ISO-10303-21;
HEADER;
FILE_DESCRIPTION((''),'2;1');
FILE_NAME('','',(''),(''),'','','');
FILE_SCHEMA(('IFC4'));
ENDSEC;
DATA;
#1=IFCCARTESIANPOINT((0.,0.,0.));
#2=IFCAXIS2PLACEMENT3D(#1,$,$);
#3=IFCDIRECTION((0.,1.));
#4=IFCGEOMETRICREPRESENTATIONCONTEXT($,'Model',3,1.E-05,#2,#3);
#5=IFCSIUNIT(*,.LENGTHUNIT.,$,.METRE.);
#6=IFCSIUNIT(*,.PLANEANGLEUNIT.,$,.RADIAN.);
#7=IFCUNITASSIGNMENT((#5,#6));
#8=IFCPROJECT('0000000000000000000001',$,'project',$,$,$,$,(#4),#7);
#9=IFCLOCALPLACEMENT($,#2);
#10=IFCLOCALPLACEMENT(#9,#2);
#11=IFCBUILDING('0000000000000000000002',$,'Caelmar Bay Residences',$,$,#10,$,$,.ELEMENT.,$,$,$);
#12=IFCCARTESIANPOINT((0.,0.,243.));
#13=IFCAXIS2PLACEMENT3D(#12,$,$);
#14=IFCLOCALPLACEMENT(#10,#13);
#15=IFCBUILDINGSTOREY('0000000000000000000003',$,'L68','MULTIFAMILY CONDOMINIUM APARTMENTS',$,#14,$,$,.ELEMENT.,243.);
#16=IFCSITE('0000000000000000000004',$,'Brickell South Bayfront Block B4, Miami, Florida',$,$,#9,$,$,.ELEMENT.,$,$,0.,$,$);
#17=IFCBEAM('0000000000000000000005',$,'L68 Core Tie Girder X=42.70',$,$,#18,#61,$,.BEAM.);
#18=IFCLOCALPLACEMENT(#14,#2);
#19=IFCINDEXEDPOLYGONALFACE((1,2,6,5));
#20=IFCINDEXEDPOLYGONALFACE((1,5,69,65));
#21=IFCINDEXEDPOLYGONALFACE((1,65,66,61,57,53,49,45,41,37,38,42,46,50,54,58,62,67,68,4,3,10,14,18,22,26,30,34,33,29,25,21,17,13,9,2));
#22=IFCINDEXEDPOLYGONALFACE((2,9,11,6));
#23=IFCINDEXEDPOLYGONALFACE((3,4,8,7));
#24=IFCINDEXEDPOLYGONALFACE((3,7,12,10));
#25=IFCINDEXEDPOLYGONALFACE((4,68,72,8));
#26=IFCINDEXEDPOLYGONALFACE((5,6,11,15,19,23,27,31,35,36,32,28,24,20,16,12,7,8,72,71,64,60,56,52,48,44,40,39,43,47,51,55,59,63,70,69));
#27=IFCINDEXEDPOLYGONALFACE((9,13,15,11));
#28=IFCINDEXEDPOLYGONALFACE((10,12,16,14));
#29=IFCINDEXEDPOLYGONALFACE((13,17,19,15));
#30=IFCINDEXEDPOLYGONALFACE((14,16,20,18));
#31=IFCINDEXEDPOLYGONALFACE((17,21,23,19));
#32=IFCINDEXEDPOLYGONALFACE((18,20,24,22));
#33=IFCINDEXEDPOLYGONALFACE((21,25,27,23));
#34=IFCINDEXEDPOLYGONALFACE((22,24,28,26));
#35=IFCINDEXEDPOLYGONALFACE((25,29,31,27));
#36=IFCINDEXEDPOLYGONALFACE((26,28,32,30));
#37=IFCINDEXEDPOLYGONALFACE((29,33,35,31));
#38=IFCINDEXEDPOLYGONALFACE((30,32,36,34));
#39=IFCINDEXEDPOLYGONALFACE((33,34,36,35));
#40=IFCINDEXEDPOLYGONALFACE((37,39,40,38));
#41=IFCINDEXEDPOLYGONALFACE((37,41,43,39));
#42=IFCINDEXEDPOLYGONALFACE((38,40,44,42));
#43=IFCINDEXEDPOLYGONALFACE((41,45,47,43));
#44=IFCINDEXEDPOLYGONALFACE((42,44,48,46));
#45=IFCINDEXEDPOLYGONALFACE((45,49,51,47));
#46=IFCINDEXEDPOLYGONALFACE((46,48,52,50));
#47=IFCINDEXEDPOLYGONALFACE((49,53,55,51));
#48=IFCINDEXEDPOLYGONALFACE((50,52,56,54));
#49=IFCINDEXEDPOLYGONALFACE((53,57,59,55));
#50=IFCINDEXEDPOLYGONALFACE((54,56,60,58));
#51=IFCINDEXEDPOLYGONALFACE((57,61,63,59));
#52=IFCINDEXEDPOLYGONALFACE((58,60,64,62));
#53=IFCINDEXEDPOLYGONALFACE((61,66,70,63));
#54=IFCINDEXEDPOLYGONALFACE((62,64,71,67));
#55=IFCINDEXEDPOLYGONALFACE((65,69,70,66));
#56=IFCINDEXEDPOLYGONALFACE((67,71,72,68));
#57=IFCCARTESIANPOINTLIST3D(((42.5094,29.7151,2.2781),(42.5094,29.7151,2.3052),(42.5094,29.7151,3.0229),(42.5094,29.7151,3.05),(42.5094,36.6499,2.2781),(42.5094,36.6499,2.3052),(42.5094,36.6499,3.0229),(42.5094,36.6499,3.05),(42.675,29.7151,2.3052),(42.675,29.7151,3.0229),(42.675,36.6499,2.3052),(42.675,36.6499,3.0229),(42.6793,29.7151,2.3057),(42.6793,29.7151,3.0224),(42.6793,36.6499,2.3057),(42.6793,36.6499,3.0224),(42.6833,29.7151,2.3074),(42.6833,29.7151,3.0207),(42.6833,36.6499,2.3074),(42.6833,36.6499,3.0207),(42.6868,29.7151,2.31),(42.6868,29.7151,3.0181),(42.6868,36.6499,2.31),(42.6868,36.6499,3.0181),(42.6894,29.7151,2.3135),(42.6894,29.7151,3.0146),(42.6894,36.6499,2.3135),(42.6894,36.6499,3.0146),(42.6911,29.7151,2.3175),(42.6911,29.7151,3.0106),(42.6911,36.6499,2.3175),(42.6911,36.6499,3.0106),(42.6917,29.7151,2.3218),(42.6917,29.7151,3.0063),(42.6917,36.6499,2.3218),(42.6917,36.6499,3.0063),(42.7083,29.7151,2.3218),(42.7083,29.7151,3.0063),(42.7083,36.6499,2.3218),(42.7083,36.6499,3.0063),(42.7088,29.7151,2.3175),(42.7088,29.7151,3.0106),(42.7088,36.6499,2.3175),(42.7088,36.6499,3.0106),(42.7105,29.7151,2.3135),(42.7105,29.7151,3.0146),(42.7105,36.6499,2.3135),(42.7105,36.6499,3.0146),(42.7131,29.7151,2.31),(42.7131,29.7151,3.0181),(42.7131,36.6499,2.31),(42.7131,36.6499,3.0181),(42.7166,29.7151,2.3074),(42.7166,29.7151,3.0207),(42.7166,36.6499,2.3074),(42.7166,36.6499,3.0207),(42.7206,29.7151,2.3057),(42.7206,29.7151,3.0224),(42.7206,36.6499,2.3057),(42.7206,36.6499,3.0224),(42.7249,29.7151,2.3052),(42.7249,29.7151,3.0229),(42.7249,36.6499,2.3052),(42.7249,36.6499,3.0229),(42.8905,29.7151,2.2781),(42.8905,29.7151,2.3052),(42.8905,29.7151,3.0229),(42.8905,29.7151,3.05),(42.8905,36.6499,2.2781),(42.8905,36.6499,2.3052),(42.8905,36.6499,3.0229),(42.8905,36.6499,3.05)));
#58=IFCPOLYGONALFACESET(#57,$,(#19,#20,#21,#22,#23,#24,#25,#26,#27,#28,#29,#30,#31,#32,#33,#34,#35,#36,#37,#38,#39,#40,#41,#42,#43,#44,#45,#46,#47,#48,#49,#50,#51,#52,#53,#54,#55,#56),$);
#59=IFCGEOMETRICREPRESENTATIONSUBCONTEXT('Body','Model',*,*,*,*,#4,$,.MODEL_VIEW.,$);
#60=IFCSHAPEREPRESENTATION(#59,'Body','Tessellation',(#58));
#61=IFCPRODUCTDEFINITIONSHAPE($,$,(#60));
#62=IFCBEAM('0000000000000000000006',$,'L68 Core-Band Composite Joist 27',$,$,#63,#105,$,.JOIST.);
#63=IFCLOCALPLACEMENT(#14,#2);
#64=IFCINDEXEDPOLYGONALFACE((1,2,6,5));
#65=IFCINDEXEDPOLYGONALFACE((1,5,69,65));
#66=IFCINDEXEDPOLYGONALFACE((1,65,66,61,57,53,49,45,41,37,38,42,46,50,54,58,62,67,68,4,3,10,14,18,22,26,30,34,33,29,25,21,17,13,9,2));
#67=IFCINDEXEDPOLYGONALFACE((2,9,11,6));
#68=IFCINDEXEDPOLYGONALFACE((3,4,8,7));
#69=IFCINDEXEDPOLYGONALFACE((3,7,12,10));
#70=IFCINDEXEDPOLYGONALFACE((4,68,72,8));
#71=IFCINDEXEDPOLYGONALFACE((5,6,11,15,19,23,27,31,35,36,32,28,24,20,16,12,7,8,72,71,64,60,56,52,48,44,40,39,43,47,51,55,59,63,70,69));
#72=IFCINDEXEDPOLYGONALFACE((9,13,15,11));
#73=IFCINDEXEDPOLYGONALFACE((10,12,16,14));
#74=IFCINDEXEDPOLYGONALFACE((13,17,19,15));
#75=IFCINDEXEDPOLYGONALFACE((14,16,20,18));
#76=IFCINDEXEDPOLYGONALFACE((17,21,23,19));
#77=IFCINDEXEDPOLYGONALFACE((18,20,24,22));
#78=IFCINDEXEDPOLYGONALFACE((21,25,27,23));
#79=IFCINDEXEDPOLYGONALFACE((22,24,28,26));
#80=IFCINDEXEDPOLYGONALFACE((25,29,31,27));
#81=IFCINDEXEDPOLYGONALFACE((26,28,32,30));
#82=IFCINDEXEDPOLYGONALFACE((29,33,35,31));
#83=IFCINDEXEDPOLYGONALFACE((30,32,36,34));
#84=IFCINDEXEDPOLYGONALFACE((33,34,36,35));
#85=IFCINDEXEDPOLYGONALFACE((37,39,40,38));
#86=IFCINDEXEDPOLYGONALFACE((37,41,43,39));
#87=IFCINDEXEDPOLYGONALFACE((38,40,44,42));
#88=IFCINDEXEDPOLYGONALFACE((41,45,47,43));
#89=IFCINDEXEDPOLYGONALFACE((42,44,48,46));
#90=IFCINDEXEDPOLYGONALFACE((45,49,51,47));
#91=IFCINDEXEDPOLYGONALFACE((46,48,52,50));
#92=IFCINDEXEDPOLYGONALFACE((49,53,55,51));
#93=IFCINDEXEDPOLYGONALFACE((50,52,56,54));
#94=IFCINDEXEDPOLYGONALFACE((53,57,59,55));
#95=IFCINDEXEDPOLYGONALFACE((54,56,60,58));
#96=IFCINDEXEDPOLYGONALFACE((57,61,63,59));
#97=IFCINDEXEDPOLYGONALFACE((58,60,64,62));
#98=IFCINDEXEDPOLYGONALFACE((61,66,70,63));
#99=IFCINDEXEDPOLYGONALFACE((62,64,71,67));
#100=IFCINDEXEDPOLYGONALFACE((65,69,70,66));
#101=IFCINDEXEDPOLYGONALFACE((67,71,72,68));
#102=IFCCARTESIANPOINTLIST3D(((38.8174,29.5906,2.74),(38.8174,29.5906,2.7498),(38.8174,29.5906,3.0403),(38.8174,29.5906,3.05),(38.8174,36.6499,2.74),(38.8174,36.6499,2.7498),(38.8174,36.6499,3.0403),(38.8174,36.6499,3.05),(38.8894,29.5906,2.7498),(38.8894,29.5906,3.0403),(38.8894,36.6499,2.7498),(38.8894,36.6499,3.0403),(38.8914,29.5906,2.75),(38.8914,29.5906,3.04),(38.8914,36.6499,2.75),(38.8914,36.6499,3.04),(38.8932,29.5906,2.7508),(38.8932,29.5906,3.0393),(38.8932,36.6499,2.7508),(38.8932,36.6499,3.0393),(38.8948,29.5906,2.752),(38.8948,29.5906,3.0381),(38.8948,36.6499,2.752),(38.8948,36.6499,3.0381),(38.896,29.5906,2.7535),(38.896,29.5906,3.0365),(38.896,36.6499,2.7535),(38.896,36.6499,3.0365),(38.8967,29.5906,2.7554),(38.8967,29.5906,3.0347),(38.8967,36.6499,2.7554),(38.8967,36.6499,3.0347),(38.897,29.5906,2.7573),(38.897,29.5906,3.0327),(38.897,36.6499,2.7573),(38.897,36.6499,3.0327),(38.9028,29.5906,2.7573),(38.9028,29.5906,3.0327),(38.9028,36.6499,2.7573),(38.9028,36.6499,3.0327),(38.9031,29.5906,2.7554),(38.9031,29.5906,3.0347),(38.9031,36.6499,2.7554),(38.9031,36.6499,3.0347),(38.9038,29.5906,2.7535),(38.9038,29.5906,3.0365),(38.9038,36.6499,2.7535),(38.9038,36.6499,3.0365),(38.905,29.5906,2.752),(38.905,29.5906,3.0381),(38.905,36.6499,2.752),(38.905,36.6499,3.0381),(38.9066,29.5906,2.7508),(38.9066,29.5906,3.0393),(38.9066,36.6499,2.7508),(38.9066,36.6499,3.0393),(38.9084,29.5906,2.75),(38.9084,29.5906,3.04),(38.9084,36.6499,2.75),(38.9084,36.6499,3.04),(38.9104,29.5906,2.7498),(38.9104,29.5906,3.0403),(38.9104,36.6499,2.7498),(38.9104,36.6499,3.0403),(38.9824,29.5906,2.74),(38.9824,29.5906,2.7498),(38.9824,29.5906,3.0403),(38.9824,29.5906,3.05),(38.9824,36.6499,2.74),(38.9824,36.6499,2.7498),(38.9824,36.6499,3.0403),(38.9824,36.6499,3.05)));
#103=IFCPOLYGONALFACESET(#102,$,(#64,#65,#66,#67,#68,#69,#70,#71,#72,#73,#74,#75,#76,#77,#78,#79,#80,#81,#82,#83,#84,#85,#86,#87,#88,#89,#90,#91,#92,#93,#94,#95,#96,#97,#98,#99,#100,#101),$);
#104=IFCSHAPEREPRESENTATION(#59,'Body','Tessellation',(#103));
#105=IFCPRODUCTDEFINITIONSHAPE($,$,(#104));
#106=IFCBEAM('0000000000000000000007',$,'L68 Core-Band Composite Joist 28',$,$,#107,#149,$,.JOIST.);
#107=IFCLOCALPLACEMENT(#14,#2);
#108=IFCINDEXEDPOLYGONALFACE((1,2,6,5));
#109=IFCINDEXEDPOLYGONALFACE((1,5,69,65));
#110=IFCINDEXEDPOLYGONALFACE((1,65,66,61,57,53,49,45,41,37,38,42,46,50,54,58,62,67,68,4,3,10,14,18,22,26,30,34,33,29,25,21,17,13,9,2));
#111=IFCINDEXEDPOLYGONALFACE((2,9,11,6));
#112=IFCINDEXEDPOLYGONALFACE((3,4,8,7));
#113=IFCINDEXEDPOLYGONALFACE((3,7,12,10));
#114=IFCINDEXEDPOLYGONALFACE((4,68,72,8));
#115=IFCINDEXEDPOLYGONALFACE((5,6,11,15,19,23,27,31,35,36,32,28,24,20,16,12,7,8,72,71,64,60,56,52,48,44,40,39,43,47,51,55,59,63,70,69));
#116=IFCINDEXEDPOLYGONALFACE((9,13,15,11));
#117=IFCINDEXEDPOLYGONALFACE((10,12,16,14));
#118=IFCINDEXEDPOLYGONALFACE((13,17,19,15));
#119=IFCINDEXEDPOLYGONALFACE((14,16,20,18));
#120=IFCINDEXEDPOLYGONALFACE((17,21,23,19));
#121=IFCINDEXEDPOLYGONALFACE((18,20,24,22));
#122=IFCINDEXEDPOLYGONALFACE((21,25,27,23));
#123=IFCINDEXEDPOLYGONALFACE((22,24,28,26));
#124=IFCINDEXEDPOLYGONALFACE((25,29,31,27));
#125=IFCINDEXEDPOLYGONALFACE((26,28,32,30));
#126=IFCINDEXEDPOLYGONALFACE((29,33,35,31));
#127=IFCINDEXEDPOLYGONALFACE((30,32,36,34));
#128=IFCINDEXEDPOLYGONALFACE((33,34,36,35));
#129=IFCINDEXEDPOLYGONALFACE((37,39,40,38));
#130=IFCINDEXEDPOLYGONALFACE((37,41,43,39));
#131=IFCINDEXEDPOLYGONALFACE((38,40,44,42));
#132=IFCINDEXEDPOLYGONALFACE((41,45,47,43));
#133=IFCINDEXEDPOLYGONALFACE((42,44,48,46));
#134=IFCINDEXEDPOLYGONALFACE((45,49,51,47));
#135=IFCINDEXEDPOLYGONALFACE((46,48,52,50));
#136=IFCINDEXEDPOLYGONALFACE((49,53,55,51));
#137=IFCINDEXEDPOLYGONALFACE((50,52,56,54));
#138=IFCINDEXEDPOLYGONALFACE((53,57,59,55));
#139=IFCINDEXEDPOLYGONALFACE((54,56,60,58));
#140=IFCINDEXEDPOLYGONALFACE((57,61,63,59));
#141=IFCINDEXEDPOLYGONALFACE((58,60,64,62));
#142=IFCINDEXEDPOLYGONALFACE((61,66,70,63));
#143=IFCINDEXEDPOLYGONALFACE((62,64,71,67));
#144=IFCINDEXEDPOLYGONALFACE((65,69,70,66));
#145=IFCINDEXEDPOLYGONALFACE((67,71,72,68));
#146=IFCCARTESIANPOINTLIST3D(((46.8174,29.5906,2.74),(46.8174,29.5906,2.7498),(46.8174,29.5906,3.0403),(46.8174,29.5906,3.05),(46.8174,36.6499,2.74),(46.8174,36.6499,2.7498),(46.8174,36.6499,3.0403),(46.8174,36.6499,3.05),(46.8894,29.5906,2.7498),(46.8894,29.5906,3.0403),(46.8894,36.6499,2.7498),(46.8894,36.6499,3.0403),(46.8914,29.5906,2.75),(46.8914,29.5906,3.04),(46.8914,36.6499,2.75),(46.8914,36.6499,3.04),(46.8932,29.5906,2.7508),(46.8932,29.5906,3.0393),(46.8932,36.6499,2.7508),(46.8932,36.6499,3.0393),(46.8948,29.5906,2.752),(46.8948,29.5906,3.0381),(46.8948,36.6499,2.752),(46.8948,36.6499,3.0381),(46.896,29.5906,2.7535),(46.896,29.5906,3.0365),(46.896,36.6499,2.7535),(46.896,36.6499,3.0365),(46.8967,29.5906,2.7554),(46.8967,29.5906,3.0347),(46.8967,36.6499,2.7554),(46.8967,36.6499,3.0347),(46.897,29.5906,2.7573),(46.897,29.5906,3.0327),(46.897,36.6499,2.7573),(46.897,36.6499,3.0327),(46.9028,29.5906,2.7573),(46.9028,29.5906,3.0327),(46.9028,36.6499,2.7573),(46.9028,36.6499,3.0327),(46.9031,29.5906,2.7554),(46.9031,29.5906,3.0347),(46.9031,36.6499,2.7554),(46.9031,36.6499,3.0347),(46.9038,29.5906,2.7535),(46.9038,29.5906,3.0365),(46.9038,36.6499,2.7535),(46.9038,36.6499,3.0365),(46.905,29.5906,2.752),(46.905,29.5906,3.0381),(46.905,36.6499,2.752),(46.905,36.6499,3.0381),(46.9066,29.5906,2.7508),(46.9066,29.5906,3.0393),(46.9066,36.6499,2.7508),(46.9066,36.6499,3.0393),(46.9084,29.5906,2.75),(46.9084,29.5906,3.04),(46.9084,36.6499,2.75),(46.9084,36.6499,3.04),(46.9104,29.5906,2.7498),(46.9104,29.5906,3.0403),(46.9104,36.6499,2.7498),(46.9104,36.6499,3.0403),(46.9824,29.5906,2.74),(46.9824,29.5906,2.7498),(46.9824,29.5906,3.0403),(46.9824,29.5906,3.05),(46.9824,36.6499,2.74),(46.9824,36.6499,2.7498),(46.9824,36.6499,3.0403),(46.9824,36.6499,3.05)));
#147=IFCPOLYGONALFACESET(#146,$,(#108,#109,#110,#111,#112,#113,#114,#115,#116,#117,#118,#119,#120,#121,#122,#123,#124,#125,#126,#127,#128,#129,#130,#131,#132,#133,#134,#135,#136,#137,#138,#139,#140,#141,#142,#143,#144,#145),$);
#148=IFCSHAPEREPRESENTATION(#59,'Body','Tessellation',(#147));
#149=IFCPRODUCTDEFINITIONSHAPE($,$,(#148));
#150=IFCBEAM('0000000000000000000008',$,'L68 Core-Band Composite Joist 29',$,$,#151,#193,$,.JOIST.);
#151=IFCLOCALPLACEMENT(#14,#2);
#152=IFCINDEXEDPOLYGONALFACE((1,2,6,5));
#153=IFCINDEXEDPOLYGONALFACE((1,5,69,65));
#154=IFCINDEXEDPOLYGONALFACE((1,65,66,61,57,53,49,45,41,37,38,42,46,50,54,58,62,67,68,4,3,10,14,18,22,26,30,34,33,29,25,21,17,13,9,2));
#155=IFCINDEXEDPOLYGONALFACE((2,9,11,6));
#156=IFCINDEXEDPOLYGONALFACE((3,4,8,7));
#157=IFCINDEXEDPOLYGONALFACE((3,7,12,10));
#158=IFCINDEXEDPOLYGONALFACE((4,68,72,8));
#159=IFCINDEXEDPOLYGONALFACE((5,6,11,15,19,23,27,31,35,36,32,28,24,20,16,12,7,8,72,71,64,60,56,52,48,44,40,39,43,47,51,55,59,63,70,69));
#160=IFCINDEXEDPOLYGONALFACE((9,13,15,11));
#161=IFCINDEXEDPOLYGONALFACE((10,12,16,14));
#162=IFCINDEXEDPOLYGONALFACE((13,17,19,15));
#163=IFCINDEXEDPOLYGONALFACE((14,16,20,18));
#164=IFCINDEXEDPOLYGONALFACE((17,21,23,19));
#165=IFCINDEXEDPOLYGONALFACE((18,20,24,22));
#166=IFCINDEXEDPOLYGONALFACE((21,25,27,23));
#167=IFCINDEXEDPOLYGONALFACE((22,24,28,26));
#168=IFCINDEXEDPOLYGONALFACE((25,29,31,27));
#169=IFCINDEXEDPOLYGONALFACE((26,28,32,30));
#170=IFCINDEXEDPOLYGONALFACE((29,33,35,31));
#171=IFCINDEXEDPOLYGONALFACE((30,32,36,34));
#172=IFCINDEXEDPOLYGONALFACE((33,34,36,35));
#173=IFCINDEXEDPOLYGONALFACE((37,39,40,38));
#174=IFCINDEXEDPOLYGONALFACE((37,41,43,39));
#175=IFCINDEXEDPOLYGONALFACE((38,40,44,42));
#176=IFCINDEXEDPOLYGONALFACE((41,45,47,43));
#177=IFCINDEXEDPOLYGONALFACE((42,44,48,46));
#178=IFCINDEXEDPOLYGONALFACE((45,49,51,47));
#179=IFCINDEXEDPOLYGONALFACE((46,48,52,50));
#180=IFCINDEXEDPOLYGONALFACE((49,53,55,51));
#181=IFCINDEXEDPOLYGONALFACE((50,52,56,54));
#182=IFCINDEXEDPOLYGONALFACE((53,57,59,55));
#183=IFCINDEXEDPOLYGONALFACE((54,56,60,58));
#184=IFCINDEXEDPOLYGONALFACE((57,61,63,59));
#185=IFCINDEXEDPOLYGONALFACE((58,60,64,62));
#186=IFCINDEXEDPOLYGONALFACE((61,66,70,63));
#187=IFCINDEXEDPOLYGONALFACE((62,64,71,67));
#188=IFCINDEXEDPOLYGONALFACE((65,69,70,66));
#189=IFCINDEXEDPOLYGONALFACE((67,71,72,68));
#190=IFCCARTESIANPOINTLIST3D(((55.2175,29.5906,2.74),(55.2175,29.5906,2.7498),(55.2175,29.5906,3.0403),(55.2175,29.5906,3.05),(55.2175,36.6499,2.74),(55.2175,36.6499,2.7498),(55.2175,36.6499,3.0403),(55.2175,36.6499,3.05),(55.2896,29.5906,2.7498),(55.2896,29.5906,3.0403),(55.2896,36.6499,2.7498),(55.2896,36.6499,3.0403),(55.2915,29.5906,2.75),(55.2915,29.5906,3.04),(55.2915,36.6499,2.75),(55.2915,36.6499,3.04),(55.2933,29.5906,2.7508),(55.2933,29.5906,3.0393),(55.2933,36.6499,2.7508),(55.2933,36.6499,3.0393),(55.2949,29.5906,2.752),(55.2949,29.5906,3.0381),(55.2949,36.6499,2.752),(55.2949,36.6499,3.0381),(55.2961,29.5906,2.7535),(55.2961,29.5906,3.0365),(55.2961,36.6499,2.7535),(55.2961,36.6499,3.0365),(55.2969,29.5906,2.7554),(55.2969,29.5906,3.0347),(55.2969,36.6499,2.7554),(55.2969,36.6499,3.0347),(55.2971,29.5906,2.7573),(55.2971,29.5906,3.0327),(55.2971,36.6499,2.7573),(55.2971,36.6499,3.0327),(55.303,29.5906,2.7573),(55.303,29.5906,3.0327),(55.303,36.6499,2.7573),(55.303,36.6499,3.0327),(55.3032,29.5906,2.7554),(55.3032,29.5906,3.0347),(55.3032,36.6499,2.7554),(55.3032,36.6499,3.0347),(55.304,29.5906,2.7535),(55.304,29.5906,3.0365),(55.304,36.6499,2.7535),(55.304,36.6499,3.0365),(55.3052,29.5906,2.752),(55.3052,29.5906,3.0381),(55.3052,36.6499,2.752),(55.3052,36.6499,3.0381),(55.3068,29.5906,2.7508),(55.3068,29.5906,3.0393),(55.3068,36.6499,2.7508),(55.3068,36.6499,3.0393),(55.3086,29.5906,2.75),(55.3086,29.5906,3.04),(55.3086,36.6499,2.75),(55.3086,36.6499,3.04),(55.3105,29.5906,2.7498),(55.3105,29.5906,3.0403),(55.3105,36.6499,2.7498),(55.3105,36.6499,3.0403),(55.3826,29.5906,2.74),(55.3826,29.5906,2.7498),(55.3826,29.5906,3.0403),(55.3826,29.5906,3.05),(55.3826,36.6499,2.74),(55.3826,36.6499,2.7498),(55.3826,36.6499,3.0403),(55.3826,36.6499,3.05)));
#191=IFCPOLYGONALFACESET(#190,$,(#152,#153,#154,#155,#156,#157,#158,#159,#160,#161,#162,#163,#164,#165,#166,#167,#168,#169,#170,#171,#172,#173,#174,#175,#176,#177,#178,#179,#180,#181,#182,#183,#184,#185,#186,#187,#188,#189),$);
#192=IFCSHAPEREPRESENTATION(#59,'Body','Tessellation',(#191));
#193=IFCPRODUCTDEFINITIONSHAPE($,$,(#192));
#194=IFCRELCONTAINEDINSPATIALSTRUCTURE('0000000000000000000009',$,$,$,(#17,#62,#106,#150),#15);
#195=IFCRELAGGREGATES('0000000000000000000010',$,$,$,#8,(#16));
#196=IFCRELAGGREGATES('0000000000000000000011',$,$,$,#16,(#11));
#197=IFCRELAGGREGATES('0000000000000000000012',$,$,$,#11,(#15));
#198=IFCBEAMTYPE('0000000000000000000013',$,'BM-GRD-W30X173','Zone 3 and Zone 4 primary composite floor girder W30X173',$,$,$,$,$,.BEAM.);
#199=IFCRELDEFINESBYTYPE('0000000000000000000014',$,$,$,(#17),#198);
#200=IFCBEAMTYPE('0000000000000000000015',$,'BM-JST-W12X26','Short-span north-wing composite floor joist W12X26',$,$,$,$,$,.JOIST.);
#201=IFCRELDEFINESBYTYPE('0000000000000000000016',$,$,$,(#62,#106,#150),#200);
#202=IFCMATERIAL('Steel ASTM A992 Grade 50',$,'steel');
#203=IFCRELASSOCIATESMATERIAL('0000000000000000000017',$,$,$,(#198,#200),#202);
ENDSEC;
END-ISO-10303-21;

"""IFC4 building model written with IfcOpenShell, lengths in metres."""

from ifc_helpers import new_model, si_unit, direction, frame, origin, origin_2d, place, context, subcontext, project, spatial, i_section, extrude, material, material_profile, profile_set, type_object, element, save


model = new_model("IFC4")

# Units and contexts
model_context = context("Model", 3, precision=1e-05, world=origin(), true_north=direction((0.0, 1.0)))
body_context = subcontext(model_context, "Body", "Model", "MODEL_VIEW")
ifc_project = project(units=[si_unit("LENGTHUNIT", "METRE"), si_unit("PLANEANGLEUNIT", "RADIAN")], contexts=[model_context])

# Site, building, storey
site_placement = place(None, origin())
site = spatial("IfcSite", under=ifc_project, at=site_placement, Name="Brickell South Bayfront Block B4, Miami, Florida", CompositionType="ELEMENT", RefElevation=0.0)
building_placement = place(site_placement, origin())
building = spatial("IfcBuilding", under=site, at=building_placement, Name="Caelmar Bay Residences", CompositionType="ELEMENT")
storey_placement = place(building_placement, frame((0.0, 0.0, 243.0)))
storey = spatial("IfcBuildingStorey", under=building, at=storey_placement, Name="L68", Description="MULTIFAMILY CONDOMINIUM APARTMENTS", CompositionType="ELEMENT", Elevation=243.0)

# Beams
ifc_material_1 = material(Name="Steel ASTM A992 Grade 50", Category="steel")
ifc_material_profile_1 = material_profile(ifc_material_1, i_section(OverallWidth=0.3811, OverallDepth=0.772, WebThickness=0.0166, FlangeThickness=0.0271, FilletRadius=0.0166, at=origin_2d()), Name="W30X173")
ifc_profile_set_1 = profile_set([ifc_material_profile_1], Name="Steel ASTM A992 Grade 50")
beam_type_1 = type_object("IfcBeamType", Name="BM-GRD-W30X173", Description="Zone 3 and Zone 4 primary composite floor girder W30X173", PredefinedType="BEAM", material=ifc_profile_set_1)
beam_1_placement = place(storey_placement, frame((42.7, 29.7151, 2.6641), z_axis=(0.0, 1.0, 0.0), x_axis=(-1.0, 0.0, 0.0)))
element("IfcBeam", 1, at=beam_1_placement, inside=storey, type_object=beam_type_1, Name="L68 Core Tie Girder X=42.70", PredefinedType="BEAM", context=body_context, shape_type="SweptSolid", body=[
    extrude(i_section(OverallWidth=0.3811, OverallDepth=0.772, WebThickness=0.0166, FlangeThickness=0.0271, FilletRadius=0.0166, at=origin_2d()), origin(), (0.0, 0.0, 1.0), 6.9348),
])
ifc_material_profile_2 = material_profile(ifc_material_1, i_section(OverallWidth=0.165, OverallDepth=0.3101, WebThickness=0.0059, FlangeThickness=0.0098, FilletRadius=0.0076, at=origin_2d()), Name="W12X26")
ifc_profile_set_2 = profile_set([ifc_material_profile_2], Name="Steel ASTM A992 Grade 50")
beam_type_2 = type_object("IfcBeamType", Name="BM-JST-W12X26", Description="Short-span north-wing composite floor joist W12X26", PredefinedType="JOIST", material=ifc_profile_set_2)
for number, where, z_axis, x_axis, name in (
    (2, (38.8999, 29.5906, 2.895), (0.0, 1.0, 0.0), (-1.0, 0.0, 0.0), "L68 Core-Band Composite Joist 27"),
    (3, (46.8999, 29.5906, 2.895), (0.0, 1.0, 0.0), (-1.0, 0.0, 0.0), "L68 Core-Band Composite Joist 28"),
    (4, (55.3, 29.5906, 2.895), (0.0, 1.0, 0.0), (-1.0, 0.0, 0.0), "L68 Core-Band Composite Joist 29"),
):
    element("IfcBeam", number, at=place(storey_placement, frame(where, z_axis=z_axis, x_axis=x_axis)), inside=storey, type_object=beam_type_2, Name=name, PredefinedType="JOIST", context=body_context, shape_type="SweptSolid", body=[
        extrude(i_section(OverallWidth=0.165, OverallDepth=0.3101, WebThickness=0.0059, FlangeThickness=0.0098, FilletRadius=0.0076, at=origin_2d()), origin(), (0.0, 0.0, 1.0), 7.0593),
    ])

save(model, "model.ifc")
